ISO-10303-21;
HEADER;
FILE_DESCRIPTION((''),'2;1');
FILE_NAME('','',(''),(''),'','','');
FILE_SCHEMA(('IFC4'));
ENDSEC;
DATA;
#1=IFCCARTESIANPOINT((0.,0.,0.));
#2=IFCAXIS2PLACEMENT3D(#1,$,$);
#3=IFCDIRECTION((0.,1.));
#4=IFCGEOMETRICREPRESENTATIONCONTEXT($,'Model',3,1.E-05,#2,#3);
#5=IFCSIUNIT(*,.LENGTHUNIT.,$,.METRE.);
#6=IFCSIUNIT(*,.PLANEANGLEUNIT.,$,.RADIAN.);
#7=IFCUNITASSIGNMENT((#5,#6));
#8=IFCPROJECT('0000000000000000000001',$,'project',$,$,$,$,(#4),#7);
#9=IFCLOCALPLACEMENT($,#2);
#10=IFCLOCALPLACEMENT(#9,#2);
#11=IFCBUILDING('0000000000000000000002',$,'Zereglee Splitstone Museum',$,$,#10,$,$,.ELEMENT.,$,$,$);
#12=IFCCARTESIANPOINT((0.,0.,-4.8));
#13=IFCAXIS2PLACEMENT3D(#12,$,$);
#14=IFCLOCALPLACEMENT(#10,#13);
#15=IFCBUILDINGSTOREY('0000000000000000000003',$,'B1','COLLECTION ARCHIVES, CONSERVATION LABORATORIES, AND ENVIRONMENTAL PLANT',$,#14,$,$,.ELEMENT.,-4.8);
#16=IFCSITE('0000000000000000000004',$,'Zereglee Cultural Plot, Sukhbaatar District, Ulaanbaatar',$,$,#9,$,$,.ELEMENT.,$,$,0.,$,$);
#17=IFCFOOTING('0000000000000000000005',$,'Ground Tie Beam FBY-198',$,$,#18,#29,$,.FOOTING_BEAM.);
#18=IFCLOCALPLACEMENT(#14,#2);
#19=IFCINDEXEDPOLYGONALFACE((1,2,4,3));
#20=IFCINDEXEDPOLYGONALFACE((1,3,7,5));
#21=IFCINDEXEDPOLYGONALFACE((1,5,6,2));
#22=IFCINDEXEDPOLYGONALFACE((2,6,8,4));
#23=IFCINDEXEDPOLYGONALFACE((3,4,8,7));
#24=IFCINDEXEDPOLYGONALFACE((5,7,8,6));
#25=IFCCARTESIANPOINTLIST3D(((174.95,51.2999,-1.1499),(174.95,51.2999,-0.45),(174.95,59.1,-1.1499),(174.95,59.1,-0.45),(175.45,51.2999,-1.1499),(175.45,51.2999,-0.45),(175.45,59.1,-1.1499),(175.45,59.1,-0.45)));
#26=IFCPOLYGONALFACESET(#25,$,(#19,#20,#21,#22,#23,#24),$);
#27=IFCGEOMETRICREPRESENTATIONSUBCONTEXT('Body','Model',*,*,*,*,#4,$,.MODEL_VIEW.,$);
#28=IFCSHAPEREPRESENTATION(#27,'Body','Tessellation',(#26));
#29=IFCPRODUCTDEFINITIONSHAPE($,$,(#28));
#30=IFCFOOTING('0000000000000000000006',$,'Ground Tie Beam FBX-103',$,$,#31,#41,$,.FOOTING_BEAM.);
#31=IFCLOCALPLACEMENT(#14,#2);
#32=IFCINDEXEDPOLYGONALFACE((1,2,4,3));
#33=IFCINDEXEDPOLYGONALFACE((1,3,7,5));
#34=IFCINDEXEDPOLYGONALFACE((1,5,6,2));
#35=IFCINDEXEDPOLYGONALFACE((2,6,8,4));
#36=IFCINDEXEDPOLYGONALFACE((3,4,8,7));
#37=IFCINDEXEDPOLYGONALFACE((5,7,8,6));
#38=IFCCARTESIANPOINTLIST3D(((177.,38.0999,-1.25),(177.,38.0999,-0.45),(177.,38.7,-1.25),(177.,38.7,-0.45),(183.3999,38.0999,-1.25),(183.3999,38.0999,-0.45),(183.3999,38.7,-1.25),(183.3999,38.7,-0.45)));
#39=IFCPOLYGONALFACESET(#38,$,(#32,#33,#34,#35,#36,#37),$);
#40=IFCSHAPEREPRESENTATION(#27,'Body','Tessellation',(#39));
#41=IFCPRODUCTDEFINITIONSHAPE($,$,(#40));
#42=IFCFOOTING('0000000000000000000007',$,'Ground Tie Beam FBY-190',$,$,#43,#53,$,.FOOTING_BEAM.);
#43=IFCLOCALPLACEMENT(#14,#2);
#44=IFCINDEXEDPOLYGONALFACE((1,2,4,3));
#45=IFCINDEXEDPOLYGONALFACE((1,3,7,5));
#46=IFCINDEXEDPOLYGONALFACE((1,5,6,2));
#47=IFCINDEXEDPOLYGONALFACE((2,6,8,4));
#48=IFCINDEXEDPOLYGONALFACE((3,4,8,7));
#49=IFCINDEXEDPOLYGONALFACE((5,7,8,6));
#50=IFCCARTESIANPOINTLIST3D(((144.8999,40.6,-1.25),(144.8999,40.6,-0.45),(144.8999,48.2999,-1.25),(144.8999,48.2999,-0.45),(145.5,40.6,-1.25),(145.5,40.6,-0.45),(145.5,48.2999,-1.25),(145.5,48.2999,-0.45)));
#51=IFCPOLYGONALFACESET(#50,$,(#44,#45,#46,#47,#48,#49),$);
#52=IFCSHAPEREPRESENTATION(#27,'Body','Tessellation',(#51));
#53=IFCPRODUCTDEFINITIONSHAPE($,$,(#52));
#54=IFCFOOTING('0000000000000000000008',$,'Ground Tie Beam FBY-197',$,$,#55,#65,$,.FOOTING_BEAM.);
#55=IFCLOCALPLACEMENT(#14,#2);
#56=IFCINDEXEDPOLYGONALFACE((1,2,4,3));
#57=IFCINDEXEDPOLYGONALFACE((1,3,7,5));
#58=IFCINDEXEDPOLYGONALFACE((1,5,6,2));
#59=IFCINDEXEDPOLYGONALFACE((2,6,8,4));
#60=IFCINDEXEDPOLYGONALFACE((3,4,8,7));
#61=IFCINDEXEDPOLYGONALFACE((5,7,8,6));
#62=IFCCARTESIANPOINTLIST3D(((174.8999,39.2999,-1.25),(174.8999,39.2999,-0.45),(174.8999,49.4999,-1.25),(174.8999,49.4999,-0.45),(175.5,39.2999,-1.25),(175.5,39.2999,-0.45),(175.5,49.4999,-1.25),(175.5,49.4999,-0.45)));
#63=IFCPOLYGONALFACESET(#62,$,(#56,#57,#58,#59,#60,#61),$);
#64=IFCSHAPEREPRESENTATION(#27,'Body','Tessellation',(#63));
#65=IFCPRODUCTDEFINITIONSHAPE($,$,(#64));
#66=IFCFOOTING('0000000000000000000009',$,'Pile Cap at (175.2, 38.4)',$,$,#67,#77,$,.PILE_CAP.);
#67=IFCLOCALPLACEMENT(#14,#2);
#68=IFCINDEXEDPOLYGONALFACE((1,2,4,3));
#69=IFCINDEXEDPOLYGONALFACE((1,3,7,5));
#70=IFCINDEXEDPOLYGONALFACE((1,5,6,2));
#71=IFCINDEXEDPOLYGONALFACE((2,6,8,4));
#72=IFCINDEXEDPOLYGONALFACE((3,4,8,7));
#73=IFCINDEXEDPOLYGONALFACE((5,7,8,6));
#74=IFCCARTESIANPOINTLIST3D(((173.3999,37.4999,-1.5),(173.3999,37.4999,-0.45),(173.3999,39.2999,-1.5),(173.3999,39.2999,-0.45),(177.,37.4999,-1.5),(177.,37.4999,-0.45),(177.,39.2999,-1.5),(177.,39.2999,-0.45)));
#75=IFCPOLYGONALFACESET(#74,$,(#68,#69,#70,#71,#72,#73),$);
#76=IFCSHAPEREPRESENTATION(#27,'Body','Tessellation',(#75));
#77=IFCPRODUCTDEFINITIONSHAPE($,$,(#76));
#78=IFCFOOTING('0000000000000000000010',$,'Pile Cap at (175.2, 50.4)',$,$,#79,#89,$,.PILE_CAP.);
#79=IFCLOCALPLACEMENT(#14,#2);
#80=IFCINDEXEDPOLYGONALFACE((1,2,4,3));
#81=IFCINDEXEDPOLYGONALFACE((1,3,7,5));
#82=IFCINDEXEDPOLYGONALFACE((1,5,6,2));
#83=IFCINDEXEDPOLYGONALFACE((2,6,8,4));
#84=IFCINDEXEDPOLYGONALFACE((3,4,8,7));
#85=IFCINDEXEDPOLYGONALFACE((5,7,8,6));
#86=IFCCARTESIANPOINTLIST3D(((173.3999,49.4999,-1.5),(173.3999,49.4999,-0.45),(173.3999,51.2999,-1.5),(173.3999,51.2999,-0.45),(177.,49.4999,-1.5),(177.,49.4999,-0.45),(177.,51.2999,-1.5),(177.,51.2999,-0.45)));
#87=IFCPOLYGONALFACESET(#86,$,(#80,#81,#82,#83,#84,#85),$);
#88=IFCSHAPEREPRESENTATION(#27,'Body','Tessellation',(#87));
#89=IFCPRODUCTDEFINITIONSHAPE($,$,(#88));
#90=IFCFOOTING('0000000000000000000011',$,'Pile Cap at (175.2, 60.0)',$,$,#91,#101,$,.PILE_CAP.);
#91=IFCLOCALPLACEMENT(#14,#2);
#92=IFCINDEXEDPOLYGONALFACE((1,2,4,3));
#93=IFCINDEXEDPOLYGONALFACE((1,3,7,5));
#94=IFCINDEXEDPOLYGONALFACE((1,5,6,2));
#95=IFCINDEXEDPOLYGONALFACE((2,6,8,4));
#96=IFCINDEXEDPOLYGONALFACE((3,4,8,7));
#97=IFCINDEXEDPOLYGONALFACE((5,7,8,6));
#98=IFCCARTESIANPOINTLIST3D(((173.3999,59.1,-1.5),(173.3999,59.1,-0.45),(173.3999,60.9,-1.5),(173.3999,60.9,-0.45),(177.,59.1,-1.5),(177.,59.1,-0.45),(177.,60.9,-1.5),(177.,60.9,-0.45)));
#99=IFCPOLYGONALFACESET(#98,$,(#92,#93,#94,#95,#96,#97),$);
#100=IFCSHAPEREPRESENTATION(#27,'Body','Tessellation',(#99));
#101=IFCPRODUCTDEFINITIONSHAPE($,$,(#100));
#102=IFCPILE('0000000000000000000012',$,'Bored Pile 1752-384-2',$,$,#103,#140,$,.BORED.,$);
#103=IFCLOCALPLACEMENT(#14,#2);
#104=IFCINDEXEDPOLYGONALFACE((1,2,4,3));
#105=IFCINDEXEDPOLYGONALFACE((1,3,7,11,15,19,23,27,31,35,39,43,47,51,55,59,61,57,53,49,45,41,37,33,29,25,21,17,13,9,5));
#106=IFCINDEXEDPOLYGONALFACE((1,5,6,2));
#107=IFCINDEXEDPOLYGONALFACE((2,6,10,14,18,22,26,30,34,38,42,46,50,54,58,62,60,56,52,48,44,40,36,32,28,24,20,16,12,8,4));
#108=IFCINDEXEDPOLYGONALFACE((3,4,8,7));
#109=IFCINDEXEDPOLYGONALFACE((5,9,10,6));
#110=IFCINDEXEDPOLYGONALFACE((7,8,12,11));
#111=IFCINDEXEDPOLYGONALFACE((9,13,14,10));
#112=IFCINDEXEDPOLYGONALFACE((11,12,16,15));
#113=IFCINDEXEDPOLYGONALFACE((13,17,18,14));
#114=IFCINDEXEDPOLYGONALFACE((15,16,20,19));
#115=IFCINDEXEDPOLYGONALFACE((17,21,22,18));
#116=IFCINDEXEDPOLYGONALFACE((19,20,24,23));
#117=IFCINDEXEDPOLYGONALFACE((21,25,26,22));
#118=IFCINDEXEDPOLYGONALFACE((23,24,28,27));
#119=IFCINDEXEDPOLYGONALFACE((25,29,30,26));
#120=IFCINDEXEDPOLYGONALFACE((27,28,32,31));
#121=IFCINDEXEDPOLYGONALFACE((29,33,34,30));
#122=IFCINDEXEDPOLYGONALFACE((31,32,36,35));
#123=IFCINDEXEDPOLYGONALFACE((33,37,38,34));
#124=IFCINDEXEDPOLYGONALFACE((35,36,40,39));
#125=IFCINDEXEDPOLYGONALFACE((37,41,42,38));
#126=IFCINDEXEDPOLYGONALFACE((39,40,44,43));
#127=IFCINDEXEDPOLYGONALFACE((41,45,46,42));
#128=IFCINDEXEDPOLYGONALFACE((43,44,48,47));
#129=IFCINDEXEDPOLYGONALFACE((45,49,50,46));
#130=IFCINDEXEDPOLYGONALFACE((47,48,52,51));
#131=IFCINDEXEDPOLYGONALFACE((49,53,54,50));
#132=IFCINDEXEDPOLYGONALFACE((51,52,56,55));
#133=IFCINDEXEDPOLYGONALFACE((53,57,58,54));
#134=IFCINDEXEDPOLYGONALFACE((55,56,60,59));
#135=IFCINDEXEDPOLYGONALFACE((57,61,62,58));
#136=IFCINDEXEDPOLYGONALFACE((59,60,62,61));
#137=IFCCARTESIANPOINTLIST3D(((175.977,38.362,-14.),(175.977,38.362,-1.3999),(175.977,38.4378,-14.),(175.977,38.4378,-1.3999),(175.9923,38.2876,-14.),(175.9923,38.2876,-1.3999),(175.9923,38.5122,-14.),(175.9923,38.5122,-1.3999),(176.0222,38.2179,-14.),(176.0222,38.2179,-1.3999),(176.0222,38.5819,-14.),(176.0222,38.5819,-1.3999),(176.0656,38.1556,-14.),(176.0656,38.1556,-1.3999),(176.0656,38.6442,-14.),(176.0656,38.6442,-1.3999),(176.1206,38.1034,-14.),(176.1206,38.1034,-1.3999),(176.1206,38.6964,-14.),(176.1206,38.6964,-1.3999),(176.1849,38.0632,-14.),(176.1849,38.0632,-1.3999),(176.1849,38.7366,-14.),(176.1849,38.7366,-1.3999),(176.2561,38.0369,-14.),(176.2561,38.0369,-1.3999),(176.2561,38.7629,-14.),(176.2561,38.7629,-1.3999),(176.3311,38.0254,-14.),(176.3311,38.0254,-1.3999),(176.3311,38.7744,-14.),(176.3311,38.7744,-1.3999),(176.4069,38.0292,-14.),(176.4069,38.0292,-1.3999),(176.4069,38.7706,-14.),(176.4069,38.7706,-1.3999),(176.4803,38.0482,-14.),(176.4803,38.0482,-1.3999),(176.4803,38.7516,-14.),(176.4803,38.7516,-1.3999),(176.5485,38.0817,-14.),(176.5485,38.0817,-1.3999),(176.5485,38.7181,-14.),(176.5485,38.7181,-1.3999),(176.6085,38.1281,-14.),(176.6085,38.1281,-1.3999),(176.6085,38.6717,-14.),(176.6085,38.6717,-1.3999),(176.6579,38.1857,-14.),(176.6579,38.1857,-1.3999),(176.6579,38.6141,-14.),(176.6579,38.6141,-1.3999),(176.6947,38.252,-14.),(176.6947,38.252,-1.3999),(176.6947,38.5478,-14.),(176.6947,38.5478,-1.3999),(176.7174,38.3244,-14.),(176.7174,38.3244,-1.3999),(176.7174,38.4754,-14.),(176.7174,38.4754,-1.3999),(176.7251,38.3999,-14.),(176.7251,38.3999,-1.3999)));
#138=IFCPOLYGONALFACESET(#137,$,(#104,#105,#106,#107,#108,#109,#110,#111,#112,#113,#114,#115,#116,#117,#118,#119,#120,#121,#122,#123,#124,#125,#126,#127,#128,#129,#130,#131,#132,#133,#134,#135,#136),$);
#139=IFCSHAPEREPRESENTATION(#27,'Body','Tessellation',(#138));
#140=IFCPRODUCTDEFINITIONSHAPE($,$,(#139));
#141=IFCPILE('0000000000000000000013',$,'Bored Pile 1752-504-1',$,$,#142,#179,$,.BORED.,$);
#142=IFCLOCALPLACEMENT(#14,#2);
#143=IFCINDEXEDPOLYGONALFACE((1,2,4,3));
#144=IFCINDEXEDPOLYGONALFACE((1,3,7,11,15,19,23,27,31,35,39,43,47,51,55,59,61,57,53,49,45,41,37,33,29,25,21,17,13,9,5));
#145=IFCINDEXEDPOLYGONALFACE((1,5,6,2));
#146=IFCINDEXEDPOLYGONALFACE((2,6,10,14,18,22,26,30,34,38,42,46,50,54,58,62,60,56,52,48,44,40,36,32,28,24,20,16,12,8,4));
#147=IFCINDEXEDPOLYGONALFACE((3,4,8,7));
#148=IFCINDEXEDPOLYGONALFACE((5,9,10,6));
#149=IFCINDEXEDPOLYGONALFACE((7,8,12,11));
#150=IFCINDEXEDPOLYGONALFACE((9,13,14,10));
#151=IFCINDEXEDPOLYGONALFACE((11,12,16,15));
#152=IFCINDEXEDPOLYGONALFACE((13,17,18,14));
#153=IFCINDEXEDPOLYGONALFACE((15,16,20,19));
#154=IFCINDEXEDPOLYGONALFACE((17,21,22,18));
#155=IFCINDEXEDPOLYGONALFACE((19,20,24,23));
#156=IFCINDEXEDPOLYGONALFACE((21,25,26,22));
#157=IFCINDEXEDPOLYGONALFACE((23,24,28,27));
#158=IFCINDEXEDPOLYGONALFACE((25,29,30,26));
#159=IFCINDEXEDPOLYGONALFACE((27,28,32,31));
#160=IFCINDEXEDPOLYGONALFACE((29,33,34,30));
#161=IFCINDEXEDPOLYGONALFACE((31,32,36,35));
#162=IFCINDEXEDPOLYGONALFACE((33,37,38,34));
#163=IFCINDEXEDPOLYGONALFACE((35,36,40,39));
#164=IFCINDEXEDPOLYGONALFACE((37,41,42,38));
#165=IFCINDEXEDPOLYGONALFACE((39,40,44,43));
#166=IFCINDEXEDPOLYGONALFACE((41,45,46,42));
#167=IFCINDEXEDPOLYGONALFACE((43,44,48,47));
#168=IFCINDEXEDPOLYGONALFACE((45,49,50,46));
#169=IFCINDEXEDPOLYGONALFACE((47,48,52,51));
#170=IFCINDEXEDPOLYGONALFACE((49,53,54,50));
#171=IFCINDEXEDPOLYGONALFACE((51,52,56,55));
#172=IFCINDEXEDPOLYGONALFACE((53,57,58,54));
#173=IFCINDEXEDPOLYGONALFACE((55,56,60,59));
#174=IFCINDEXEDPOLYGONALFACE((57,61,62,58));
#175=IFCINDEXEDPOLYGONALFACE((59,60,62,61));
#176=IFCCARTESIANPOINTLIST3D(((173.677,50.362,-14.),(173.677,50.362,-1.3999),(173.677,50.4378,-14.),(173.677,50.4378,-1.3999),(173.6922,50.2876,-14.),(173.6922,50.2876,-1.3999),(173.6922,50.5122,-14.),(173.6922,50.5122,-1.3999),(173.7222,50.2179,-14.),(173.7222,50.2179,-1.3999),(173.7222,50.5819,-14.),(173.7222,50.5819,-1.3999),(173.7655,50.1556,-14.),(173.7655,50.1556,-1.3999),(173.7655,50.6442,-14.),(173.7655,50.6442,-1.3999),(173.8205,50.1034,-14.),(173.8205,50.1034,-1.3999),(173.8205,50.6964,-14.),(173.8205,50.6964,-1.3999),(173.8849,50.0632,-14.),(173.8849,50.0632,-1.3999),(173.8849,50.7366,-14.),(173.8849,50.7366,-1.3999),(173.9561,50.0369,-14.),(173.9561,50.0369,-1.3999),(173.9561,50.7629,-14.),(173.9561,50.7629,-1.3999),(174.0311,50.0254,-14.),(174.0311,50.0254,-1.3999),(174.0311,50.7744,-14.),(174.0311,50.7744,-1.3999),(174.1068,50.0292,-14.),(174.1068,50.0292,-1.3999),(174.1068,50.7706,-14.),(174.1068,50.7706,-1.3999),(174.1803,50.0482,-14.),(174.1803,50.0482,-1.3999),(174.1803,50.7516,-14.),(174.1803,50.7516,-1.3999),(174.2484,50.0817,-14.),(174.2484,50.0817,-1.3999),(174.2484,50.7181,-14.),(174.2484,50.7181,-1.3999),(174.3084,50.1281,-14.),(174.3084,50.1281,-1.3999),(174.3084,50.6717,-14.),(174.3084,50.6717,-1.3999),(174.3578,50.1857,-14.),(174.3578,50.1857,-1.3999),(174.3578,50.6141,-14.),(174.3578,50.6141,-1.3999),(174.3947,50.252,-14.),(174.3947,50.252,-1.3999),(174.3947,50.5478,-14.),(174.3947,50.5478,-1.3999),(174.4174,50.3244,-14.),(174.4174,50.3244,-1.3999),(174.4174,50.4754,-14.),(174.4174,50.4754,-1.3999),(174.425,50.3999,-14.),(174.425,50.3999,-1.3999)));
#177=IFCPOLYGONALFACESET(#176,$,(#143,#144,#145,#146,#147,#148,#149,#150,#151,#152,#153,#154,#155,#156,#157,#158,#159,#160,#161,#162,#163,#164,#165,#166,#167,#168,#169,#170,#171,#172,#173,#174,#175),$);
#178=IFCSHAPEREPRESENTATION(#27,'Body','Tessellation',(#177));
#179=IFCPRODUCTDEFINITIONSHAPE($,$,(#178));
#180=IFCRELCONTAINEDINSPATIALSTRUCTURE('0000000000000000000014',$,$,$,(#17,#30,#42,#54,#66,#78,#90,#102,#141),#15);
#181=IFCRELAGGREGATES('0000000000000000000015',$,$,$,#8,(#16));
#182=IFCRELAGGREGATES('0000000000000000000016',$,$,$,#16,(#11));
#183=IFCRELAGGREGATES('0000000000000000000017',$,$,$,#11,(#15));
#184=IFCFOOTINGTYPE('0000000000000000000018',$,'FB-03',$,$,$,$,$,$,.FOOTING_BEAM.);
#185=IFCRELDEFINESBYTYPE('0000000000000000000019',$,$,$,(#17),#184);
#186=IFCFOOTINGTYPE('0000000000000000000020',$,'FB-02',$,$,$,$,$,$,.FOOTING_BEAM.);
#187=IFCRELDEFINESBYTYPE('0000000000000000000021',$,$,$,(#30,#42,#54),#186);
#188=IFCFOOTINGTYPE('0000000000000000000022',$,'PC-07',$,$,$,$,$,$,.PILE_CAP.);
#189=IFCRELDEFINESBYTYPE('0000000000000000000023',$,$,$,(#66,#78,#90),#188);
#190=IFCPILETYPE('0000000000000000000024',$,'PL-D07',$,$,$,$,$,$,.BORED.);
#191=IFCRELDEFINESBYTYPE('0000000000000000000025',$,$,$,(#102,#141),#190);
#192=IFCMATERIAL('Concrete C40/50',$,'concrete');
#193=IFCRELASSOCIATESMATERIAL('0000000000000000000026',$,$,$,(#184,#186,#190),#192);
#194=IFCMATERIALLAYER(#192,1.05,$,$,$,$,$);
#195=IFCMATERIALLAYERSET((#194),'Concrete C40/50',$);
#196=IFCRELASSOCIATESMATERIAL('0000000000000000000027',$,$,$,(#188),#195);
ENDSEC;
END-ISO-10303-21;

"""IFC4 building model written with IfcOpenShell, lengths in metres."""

from ifc_helpers import new_model, si_unit, direction, frame, origin, origin_2d, place, context, subcontext, project, spatial, rectangle, circle, extrude, material, layer, layer_set, material_profile, profile_set, type_object, element, save


model = new_model("IFC4")

# Units and contexts
model_context = context("Model", 3, precision=1e-05, world=origin(), true_north=direction((0.0, 1.0)))
body_context = subcontext(model_context, "Body", "Model", "MODEL_VIEW")
ifc_project = project(units=[si_unit("LENGTHUNIT", "METRE"), si_unit("PLANEANGLEUNIT", "RADIAN")], contexts=[model_context])

# Site, building, storey
site_placement = place(None, origin())
site = spatial("IfcSite", under=ifc_project, at=site_placement, Name="Zereglee Cultural Plot, Sukhbaatar District, Ulaanbaatar", CompositionType="ELEMENT", RefElevation=0.0)
building_placement = place(site_placement, origin())
building = spatial("IfcBuilding", under=site, at=building_placement, Name="Zereglee Splitstone Museum", CompositionType="ELEMENT")
storey_placement = place(building_placement, frame((0.0, 0.0, -4.8)))
storey = spatial("IfcBuildingStorey", under=building, at=storey_placement, Name="B1", Description="COLLECTION ARCHIVES, CONSERVATION LABORATORIES, AND ENVIRONMENTAL PLANT", CompositionType="ELEMENT", Elevation=-4.8)

# Footings
ifc_material_1 = material(Name="Concrete C40/50", Category="concrete")
footing_type_1 = type_object("IfcFootingType", Name="FB-03", PredefinedType="FOOTING_BEAM", material=ifc_material_1)
footing_1_placement = place(storey_placement, frame((175.2, 55.2, -1.1499), z_axis=(0.0, 0.0, 1.0), x_axis=(0.0, 1.0, 0.0)))
element("IfcFooting", 1, at=footing_1_placement, inside=storey, type_object=footing_type_1, Name="Ground Tie Beam FBY-198", PredefinedType="FOOTING_BEAM", context=body_context, shape_type="SweptSolid", body=[
    extrude(rectangle(XDim=7.8, YDim=0.5, at=origin_2d()), origin(), (0.0, 0.0, 1.0), 0.7),
])
footing_type_2 = type_object("IfcFootingType", Name="FB-02", PredefinedType="FOOTING_BEAM", material=ifc_material_1)
footing_2_placement = place(storey_placement, frame((180.2, 38.3999, -1.25), z_axis=(0.0, 0.0, 1.0), x_axis=(1.0, 0.0, 0.0)))
element("IfcFooting", 2, at=footing_2_placement, inside=storey, type_object=footing_type_2, Name="Ground Tie Beam FBX-103", PredefinedType="FOOTING_BEAM", context=body_context, shape_type="SweptSolid", body=[
    extrude(rectangle(XDim=6.3999, YDim=0.6001, at=origin_2d()), origin(), (0.0, 0.0, 1.0), 0.8),
])
footing_3_placement = place(storey_placement, frame((145.2, 44.45, -1.25), z_axis=(0.0, 0.0, 1.0), x_axis=(0.0, 1.0, 0.0)))
element("IfcFooting", 3, at=footing_3_placement, inside=storey, type_object=footing_type_2, Name="Ground Tie Beam FBY-190", PredefinedType="FOOTING_BEAM", context=body_context, shape_type="SweptSolid", body=[
    extrude(rectangle(XDim=7.7, YDim=0.6001, at=origin_2d()), origin(), (0.0, 0.0, 1.0), 0.8),
])
footing_4_placement = place(storey_placement, frame((175.2, 44.3999, -1.25), z_axis=(0.0, 0.0, 1.0), x_axis=(0.0, 1.0, 0.0)))
element("IfcFooting", 4, at=footing_4_placement, inside=storey, type_object=footing_type_2, Name="Ground Tie Beam FBY-197", PredefinedType="FOOTING_BEAM", context=body_context, shape_type="SweptSolid", body=[
    extrude(rectangle(XDim=10.2, YDim=0.6001, at=origin_2d()), origin(), (0.0, 0.0, 1.0), 0.8),
])
ifc_layer_1 = layer(ifc_material_1, 1.05)
ifc_layer_set_1 = layer_set([ifc_layer_1], Name="Concrete C40/50")
footing_type_3 = type_object("IfcFootingType", Name="PC-07", PredefinedType="PILE_CAP", material=ifc_layer_set_1)
for number, where, z_axis, x_axis, name in (
    (5, (175.2, 38.3999, -1.5), (0.0, 0.0, 1.0), (1.0, 0.0, 0.0), "Pile Cap at (175.2, 38.4)"),
    (6, (175.2, 50.3999, -1.5), (0.0, 0.0, 1.0), (1.0, 0.0, 0.0), "Pile Cap at (175.2, 50.4)"),
    (7, (175.2, 60.0, -1.5), (0.0, 0.0, 1.0), (1.0, 0.0, 0.0), "Pile Cap at (175.2, 60.0)"),
):
    element("IfcFooting", number, at=place(storey_placement, frame(where, z_axis=z_axis, x_axis=x_axis)), inside=storey, type_object=footing_type_3, Name=name, PredefinedType="PILE_CAP", context=body_context, shape_type="SweptSolid", body=[
        extrude(rectangle(XDim=3.6001, YDim=1.8, at=origin_2d()), origin(), (0.0, 0.0, 1.0), 1.05),
    ])

# Piles
ifc_material_profile_1 = material_profile(ifc_material_1, circle(Radius=0.375, at=origin_2d()), Name="PILE D750")
ifc_profile_set_1 = profile_set([ifc_material_profile_1], Name="Concrete C40/50")
pile_type_1 = type_object("IfcPileType", Name="PL-D07", PredefinedType="BORED", material=ifc_profile_set_1)
for number, where, z_axis, x_axis, name in (
    (8, (176.3501, 38.3999, -1.3999), (0.0, 0.0, -1.0), (1.0, 0.0, 0.0), "Bored Pile 1752-384-2"),
    (9, (174.05, 50.3999, -1.3999), (0.0, 0.0, -1.0), (1.0, 0.0, 0.0), "Bored Pile 1752-504-1"),
):
    element("IfcPile", number, at=place(storey_placement, frame(where, z_axis=z_axis, x_axis=x_axis)), inside=storey, type_object=pile_type_1, Name=name, PredefinedType="BORED", context=body_context, shape_type="SweptSolid", body=[
        extrude(circle(Radius=0.375, at=origin_2d()), origin(), (0.0, 0.0, 1.0), 12.6001),
    ])

save(model, "model.ifc")
